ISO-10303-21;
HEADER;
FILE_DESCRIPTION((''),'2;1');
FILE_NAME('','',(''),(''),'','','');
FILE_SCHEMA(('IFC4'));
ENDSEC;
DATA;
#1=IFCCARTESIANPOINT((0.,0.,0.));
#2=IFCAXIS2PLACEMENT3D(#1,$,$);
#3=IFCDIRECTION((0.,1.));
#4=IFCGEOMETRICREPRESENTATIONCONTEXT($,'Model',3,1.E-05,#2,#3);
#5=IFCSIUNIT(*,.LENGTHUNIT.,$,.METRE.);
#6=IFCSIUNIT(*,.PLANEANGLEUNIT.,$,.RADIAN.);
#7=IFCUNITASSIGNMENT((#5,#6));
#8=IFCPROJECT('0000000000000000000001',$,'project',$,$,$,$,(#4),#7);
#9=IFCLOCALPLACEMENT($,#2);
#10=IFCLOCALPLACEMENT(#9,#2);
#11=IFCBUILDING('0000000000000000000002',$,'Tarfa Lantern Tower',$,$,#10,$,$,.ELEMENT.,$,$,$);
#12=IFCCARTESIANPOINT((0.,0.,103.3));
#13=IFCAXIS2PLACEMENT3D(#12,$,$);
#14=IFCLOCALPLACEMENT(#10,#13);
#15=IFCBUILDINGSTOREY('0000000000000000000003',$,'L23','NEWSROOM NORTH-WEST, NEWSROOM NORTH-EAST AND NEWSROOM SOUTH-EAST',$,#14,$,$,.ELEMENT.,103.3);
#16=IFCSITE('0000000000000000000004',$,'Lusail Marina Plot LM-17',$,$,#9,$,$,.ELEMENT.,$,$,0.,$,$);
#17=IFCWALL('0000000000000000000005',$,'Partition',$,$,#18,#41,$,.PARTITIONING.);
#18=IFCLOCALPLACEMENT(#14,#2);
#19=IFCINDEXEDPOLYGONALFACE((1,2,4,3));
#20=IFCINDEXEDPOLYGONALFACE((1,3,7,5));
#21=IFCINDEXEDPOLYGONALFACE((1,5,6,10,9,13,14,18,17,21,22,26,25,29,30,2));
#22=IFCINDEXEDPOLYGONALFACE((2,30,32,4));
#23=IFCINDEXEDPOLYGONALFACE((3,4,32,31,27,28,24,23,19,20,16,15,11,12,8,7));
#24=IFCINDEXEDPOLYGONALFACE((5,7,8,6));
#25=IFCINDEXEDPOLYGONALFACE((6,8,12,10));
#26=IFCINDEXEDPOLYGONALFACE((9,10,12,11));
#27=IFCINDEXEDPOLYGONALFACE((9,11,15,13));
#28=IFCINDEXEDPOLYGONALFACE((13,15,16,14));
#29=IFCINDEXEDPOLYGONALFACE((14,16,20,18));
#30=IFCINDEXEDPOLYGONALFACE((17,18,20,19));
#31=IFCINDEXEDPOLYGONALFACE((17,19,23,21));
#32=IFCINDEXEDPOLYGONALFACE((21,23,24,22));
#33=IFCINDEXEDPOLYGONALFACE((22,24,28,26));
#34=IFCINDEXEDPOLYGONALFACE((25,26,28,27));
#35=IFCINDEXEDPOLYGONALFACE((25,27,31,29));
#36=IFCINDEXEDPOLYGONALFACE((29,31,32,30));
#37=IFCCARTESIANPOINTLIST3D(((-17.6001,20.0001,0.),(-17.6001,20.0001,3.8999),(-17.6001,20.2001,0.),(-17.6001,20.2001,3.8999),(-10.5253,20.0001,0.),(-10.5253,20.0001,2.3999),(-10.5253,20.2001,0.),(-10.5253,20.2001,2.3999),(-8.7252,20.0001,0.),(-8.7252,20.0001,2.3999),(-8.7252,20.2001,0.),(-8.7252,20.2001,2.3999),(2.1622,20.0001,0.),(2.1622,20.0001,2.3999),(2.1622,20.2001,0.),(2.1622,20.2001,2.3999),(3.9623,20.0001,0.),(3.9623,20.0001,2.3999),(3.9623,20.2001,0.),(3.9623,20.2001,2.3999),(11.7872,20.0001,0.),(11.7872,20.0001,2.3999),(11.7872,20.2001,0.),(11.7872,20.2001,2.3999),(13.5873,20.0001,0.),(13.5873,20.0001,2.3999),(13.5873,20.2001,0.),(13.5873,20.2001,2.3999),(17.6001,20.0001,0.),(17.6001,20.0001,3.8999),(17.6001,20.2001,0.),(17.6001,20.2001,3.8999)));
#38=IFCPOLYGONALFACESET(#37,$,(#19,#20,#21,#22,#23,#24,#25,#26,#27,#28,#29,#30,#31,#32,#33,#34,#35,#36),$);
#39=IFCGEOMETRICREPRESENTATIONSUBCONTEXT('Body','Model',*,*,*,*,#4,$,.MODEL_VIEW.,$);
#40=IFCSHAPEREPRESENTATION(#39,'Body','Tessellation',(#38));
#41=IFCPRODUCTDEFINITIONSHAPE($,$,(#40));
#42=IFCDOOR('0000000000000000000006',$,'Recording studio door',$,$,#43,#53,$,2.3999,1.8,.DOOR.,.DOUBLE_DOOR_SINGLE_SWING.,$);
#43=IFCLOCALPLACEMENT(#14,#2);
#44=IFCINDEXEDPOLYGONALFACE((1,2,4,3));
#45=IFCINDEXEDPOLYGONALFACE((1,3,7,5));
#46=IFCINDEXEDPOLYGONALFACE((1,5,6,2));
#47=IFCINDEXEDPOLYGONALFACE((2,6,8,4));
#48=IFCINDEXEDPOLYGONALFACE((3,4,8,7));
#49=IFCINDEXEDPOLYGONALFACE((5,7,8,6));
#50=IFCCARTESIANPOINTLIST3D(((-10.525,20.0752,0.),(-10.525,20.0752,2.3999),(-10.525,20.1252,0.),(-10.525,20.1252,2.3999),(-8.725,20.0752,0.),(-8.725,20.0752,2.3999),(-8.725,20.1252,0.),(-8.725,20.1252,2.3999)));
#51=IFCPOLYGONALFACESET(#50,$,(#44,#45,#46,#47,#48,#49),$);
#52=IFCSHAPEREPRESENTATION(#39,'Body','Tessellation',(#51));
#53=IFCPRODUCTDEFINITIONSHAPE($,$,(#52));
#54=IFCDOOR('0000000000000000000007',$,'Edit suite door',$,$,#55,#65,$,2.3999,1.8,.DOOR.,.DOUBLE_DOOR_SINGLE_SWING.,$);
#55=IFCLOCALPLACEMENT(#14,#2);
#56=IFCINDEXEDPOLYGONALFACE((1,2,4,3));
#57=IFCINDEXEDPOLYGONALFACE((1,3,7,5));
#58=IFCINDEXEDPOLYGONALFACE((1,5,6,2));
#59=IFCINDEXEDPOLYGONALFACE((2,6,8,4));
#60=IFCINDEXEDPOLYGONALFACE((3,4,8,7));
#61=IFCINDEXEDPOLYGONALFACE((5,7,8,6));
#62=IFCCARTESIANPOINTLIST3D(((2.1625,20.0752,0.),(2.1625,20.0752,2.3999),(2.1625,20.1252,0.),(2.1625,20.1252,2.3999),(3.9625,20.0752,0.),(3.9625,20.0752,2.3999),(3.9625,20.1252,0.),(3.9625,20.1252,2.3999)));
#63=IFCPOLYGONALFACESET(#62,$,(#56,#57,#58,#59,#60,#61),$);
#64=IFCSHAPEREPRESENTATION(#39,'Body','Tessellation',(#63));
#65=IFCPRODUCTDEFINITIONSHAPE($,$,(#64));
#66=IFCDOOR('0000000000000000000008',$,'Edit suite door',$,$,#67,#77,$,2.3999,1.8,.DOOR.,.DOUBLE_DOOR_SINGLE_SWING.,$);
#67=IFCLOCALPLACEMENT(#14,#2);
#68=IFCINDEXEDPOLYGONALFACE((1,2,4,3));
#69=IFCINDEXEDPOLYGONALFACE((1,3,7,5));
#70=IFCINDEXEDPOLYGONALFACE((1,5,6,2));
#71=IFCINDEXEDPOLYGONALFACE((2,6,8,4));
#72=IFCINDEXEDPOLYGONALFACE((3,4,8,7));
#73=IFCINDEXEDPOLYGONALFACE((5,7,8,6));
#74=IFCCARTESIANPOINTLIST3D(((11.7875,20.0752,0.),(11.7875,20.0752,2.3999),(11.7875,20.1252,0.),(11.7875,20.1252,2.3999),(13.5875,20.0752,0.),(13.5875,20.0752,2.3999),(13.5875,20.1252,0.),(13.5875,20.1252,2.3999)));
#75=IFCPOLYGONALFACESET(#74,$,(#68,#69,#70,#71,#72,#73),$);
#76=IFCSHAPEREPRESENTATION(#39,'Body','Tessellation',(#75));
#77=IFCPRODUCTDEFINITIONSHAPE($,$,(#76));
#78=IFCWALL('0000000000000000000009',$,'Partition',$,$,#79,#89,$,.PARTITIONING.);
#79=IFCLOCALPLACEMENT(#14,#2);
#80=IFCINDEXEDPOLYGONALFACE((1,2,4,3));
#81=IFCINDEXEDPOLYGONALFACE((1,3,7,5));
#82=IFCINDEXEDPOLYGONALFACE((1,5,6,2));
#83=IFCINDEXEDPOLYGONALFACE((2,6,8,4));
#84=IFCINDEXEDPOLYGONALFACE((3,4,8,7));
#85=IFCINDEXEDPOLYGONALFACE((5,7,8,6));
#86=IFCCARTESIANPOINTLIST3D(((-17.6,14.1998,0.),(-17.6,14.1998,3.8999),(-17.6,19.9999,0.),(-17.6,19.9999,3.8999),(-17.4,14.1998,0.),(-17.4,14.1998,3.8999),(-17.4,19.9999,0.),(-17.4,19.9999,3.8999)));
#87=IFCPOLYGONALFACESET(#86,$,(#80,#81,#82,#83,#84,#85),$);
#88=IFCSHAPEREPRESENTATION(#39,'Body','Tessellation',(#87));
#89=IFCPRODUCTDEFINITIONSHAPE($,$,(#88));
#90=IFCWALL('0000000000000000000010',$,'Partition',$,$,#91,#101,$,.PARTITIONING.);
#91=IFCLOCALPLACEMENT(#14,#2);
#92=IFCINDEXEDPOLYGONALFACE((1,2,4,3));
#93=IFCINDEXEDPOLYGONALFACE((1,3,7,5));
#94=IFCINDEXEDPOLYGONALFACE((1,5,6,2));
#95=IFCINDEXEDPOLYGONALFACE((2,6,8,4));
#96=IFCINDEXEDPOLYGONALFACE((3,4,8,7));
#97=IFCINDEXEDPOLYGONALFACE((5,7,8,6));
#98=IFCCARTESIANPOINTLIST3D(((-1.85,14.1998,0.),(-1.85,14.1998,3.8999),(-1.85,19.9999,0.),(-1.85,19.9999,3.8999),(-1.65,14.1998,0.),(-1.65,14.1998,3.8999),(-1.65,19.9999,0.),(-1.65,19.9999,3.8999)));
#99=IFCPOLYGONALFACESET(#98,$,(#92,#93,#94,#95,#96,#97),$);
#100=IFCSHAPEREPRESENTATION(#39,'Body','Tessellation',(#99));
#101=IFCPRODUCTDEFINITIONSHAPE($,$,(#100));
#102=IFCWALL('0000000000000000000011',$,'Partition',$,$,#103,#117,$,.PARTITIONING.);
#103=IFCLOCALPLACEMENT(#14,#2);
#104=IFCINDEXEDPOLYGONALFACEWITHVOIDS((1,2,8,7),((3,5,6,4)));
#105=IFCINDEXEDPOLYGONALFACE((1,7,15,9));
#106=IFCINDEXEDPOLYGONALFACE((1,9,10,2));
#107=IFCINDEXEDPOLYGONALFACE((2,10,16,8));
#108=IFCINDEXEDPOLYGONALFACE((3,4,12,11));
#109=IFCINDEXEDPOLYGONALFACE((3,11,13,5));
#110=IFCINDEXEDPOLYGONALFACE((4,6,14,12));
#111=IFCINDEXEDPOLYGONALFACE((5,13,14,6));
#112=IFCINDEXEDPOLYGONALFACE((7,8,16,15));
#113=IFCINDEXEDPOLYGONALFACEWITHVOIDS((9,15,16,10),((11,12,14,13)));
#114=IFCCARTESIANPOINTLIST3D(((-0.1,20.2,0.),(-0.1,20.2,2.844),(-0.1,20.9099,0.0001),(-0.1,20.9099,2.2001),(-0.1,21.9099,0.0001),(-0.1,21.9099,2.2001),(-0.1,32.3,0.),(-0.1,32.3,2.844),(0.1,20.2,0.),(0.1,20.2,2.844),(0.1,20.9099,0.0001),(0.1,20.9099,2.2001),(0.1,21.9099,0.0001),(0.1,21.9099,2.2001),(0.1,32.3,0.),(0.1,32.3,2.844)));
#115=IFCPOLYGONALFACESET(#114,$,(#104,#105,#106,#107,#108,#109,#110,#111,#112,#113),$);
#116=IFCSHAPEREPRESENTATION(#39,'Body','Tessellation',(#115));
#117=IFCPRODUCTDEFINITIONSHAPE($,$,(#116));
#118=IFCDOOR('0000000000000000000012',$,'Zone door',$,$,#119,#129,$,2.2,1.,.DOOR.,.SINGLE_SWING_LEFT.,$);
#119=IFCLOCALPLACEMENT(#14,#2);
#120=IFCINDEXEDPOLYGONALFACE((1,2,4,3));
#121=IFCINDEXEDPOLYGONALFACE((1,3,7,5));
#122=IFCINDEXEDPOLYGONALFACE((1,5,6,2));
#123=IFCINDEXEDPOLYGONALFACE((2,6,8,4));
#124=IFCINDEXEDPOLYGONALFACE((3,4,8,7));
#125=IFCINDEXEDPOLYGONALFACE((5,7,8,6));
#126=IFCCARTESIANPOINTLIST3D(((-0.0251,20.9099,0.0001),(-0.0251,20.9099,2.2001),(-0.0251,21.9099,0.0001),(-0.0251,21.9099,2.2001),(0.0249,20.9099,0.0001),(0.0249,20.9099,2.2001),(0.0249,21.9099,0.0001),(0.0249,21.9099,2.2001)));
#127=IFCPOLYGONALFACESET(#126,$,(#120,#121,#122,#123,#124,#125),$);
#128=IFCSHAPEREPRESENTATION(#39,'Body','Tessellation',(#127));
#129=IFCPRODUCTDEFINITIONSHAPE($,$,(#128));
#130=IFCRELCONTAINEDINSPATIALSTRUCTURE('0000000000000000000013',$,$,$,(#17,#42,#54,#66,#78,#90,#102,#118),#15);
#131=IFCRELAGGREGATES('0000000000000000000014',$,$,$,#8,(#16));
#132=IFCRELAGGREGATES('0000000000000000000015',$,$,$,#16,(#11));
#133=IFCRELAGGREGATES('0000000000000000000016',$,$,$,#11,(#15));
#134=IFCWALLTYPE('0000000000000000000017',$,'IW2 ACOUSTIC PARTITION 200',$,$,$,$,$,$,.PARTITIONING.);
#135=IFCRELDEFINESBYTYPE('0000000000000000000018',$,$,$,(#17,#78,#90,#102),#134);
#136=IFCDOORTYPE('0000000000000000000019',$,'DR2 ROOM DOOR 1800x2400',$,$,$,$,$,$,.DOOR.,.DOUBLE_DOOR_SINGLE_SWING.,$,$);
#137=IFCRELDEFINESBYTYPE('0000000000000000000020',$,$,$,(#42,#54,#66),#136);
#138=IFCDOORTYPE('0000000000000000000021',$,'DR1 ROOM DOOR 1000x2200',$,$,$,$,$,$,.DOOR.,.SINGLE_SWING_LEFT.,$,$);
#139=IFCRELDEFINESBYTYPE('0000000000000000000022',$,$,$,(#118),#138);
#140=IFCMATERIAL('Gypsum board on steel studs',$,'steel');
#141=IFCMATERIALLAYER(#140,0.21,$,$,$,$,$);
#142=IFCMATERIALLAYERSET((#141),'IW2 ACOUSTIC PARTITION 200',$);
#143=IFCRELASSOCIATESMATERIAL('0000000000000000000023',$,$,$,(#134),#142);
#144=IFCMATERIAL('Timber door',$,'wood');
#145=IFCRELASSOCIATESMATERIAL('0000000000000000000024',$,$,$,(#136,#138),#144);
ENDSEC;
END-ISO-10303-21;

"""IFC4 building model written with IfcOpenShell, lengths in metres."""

from ifc_helpers import new_model, si_unit, direction, frame, frame_2d, origin, place, context, subcontext, project, spatial, rectangle, extrude, material, layer, layer_set, type_object, element, fill, save


model = new_model("IFC4")

# Units and contexts
model_context = context("Model", 3, precision=1e-05, world=origin(), true_north=direction((0.0, 1.0)))
body_context = subcontext(model_context, "Body", "Model", "MODEL_VIEW")
ifc_project = project(units=[si_unit("LENGTHUNIT", "METRE"), si_unit("PLANEANGLEUNIT", "RADIAN")], contexts=[model_context])

# Site, building, storey
site_placement = place(None, origin())
site = spatial("IfcSite", under=ifc_project, at=site_placement, Name="Lusail Marina Plot LM-17", CompositionType="ELEMENT", RefElevation=0.0)
building_placement = place(site_placement, origin())
building = spatial("IfcBuilding", under=site, at=building_placement, Name="Tarfa Lantern Tower", CompositionType="ELEMENT")
storey_placement = place(building_placement, frame((0.0, 0.0, 103.3)))
storey = spatial("IfcBuildingStorey", under=building, at=storey_placement, Name="L23", Description="NEWSROOM NORTH-WEST, NEWSROOM NORTH-EAST AND NEWSROOM SOUTH-EAST", CompositionType="ELEMENT", Elevation=103.3)

# Wall, openings, doors
ifc_material_1 = material(Name="Gypsum board on steel studs", Category="steel")
ifc_layer = layer(ifc_material_1, 0.21)
ifc_layer_set = layer_set([ifc_layer], Name="IW2 ACOUSTIC PARTITION 200")
wall_type = type_object("IfcWallType", Name="IW2 ACOUSTIC PARTITION 200", PredefinedType="PARTITIONING", material=ifc_layer_set)
wall_1_placement = place(storey_placement, frame((-17.6001, 20.1001, 0.0), z_axis=(0.0, 0.0, 1.0), x_axis=(1.0, 0.0, 0.0)))
wall_1 = element("IfcWall", 1, at=wall_1_placement, inside=storey, type_object=wall_type, Name="Partition", PredefinedType="PARTITIONING", context=body_context, shape_type="SweptSolid", body=[
    extrude(rectangle(XDim=35.2002, YDim=0.2, at=frame_2d((17.6001, 0.0))), origin(), (0.0, 0.0, 1.0), 3.8999),
])
opening_1_placement = place(wall_1_placement, frame((7.075, 0.0, 0.0)))
opening_1 = element("IfcOpeningElement", 2, at=opening_1_placement, cuts=wall_1, PredefinedType="OPENING", context=body_context, shape_type="SweptSolid", body=[
    extrude(rectangle(XDim=1.8, YDim=2.3999, at=frame_2d((0.8999, 1.2))), frame((0.0, 0.1099, 0.0), z_axis=(0.0, -1.0, 0.0), x_axis=(1.0, 0.0, 0.0)), (0.0, 0.0, 1.0), 0.22),
])
opening_2_placement = place(wall_1_placement, frame((19.7625, 0.0, 0.0)))
opening_2 = element("IfcOpeningElement", 3, at=opening_2_placement, cuts=wall_1, PredefinedType="OPENING", context=body_context, shape_type="SweptSolid", body=[
    extrude(rectangle(XDim=1.8, YDim=2.3999, at=frame_2d((0.8999, 1.2))), frame((0.0, 0.1099, 0.0), z_axis=(0.0, -1.0, 0.0), x_axis=(1.0, 0.0, 0.0)), (0.0, 0.0, 1.0), 0.22),
])
opening_3_placement = place(wall_1_placement, frame((29.3875, 0.0, 0.0)))
opening_3 = element("IfcOpeningElement", 4, at=opening_3_placement, cuts=wall_1, PredefinedType="OPENING", context=body_context, shape_type="SweptSolid", body=[
    extrude(rectangle(XDim=1.8, YDim=2.3999, at=frame_2d((0.8999, 1.2))), frame((0.0, 0.1099, 0.0), z_axis=(0.0, -1.0, 0.0), x_axis=(1.0, 0.0, 0.0)), (0.0, 0.0, 1.0), 0.22),
])
ifc_material_2 = material(Name="Timber door", Category="wood")
door_type_1 = type_object("IfcDoorType", Name="DR2 ROOM DOOR 1800x2400", OperationType="DOUBLE_DOOR_SINGLE_SWING", PredefinedType="DOOR", material=ifc_material_2)
door_1_placement = place(opening_1_placement, frame((1.8, 0.0, 0.0), z_axis=(0.0, 0.0, 1.0), x_axis=(-1.0, 0.0, 0.0)))
door_1 = element("IfcDoor", 5, at=door_1_placement, inside=storey, type_object=door_type_1, Name="Recording studio door", OperationType="DOUBLE_DOOR_SINGLE_SWING", OverallHeight=2.3999, OverallWidth=1.8, PredefinedType="DOOR", context=body_context, shape_type="SweptSolid", body=[
    extrude(rectangle(XDim=1.8, YDim=2.3999, at=frame_2d((0.8999, 1.2))), frame((0.0, 0.0249, 0.0), z_axis=(0.0, -1.0, 0.0), x_axis=(1.0, 0.0, 0.0)), (0.0, 0.0, 1.0), 0.05),
])
fill(opening_1, door_1)
door_2_placement = place(opening_2_placement, frame((1.8, 0.0, 0.0), z_axis=(0.0, 0.0, 1.0), x_axis=(-1.0, 0.0, 0.0)))
door_2 = element("IfcDoor", 6, at=door_2_placement, inside=storey, type_object=door_type_1, Name="Edit suite door", OperationType="DOUBLE_DOOR_SINGLE_SWING", OverallHeight=2.3999, OverallWidth=1.8, PredefinedType="DOOR", context=body_context, shape_type="SweptSolid", body=[
    extrude(rectangle(XDim=1.8, YDim=2.3999, at=frame_2d((0.8999, 1.2))), frame((0.0, 0.0249, 0.0), z_axis=(0.0, -1.0, 0.0), x_axis=(1.0, 0.0, 0.0)), (0.0, 0.0, 1.0), 0.05),
])
fill(opening_2, door_2)
door_3_placement = place(opening_3_placement, frame((1.8, 0.0, 0.0), z_axis=(0.0, 0.0, 1.0), x_axis=(-1.0, 0.0, 0.0)))
door_3 = element("IfcDoor", 7, at=door_3_placement, inside=storey, type_object=door_type_1, Name="Edit suite door", OperationType="DOUBLE_DOOR_SINGLE_SWING", OverallHeight=2.3999, OverallWidth=1.8, PredefinedType="DOOR", context=body_context, shape_type="SweptSolid", body=[
    extrude(rectangle(XDim=1.8, YDim=2.3999, at=frame_2d((0.8999, 1.2))), frame((0.0, 0.0249, 0.0), z_axis=(0.0, -1.0, 0.0), x_axis=(1.0, 0.0, 0.0)), (0.0, 0.0, 1.0), 0.05),
])
fill(opening_3, door_3)

# Walls
for number, where, z_axis, x_axis, name in (
    (8, (-17.5, 14.2, 0.0), (0.0, 0.0, 1.0), (0.0, 1.0, 0.0), "Partition"),
    (9, (-1.75, 14.2, 0.0), (0.0, 0.0, 1.0), (0.0, 1.0, 0.0), "Partition"),
):
    element("IfcWall", number, at=place(storey_placement, frame(where, z_axis=z_axis, x_axis=x_axis)), inside=storey, type_object=wall_type, Name=name, PredefinedType="PARTITIONING", context=body_context, shape_type="SweptSolid", body=[
        extrude(rectangle(XDim=5.8, YDim=0.2, at=frame_2d((2.8999, 0.0))), origin(), (0.0, 0.0, 1.0), 3.8999),
    ])

# Wall, opening, door
wall_2_placement = place(storey_placement, frame((0.0, 20.2, 0.0), z_axis=(0.0, 0.0, 1.0), x_axis=(0.0, 1.0, 0.0)))
wall_2 = element("IfcWall", 10, at=wall_2_placement, inside=storey, type_object=wall_type, Name="Partition", PredefinedType="PARTITIONING", context=body_context, shape_type="SweptSolid", body=[
    extrude(rectangle(XDim=12.1001, YDim=0.2, at=frame_2d((6.05, 0.0))), origin(), (0.0, 0.0, 1.0), 2.844),
])
opening_4_placement = place(wall_2_placement, frame((0.71, 0.0, 0.0)))
opening_4 = element("IfcOpeningElement", 11, at=opening_4_placement, cuts=wall_2, PredefinedType="OPENING", context=body_context, shape_type="SweptSolid", body=[
    extrude(rectangle(XDim=1.0, YDim=2.2, at=frame_2d((0.5, 1.1001))), frame((0.0, 0.1099, 0.0), z_axis=(0.0, -1.0, 0.0), x_axis=(1.0, 0.0, 0.0)), (0.0, 0.0, 1.0), 0.22),
])
door_type_2 = type_object("IfcDoorType", Name="DR1 ROOM DOOR 1000x2200", OperationType="SINGLE_SWING_LEFT", PredefinedType="DOOR", material=ifc_material_2)
door_4_placement = place(opening_4_placement, frame((1.0, 0.0, 0.0), z_axis=(0.0, 0.0, 1.0), x_axis=(-1.0, 0.0, 0.0)))
door_4 = element("IfcDoor", 12, at=door_4_placement, inside=storey, type_object=door_type_2, Name="Zone door", OperationType="SINGLE_SWING_LEFT", OverallHeight=2.2, OverallWidth=1.0, PredefinedType="DOOR", context=body_context, shape_type="SweptSolid", body=[
    extrude(rectangle(XDim=1.0, YDim=2.2, at=frame_2d((0.5, 1.1001))), frame((0.0, 0.0249, 0.0), z_axis=(0.0, -1.0, 0.0), x_axis=(1.0, 0.0, 0.0)), (0.0, 0.0, 1.0), 0.05),
])
fill(opening_4, door_4)

save(model, "model.ifc")
